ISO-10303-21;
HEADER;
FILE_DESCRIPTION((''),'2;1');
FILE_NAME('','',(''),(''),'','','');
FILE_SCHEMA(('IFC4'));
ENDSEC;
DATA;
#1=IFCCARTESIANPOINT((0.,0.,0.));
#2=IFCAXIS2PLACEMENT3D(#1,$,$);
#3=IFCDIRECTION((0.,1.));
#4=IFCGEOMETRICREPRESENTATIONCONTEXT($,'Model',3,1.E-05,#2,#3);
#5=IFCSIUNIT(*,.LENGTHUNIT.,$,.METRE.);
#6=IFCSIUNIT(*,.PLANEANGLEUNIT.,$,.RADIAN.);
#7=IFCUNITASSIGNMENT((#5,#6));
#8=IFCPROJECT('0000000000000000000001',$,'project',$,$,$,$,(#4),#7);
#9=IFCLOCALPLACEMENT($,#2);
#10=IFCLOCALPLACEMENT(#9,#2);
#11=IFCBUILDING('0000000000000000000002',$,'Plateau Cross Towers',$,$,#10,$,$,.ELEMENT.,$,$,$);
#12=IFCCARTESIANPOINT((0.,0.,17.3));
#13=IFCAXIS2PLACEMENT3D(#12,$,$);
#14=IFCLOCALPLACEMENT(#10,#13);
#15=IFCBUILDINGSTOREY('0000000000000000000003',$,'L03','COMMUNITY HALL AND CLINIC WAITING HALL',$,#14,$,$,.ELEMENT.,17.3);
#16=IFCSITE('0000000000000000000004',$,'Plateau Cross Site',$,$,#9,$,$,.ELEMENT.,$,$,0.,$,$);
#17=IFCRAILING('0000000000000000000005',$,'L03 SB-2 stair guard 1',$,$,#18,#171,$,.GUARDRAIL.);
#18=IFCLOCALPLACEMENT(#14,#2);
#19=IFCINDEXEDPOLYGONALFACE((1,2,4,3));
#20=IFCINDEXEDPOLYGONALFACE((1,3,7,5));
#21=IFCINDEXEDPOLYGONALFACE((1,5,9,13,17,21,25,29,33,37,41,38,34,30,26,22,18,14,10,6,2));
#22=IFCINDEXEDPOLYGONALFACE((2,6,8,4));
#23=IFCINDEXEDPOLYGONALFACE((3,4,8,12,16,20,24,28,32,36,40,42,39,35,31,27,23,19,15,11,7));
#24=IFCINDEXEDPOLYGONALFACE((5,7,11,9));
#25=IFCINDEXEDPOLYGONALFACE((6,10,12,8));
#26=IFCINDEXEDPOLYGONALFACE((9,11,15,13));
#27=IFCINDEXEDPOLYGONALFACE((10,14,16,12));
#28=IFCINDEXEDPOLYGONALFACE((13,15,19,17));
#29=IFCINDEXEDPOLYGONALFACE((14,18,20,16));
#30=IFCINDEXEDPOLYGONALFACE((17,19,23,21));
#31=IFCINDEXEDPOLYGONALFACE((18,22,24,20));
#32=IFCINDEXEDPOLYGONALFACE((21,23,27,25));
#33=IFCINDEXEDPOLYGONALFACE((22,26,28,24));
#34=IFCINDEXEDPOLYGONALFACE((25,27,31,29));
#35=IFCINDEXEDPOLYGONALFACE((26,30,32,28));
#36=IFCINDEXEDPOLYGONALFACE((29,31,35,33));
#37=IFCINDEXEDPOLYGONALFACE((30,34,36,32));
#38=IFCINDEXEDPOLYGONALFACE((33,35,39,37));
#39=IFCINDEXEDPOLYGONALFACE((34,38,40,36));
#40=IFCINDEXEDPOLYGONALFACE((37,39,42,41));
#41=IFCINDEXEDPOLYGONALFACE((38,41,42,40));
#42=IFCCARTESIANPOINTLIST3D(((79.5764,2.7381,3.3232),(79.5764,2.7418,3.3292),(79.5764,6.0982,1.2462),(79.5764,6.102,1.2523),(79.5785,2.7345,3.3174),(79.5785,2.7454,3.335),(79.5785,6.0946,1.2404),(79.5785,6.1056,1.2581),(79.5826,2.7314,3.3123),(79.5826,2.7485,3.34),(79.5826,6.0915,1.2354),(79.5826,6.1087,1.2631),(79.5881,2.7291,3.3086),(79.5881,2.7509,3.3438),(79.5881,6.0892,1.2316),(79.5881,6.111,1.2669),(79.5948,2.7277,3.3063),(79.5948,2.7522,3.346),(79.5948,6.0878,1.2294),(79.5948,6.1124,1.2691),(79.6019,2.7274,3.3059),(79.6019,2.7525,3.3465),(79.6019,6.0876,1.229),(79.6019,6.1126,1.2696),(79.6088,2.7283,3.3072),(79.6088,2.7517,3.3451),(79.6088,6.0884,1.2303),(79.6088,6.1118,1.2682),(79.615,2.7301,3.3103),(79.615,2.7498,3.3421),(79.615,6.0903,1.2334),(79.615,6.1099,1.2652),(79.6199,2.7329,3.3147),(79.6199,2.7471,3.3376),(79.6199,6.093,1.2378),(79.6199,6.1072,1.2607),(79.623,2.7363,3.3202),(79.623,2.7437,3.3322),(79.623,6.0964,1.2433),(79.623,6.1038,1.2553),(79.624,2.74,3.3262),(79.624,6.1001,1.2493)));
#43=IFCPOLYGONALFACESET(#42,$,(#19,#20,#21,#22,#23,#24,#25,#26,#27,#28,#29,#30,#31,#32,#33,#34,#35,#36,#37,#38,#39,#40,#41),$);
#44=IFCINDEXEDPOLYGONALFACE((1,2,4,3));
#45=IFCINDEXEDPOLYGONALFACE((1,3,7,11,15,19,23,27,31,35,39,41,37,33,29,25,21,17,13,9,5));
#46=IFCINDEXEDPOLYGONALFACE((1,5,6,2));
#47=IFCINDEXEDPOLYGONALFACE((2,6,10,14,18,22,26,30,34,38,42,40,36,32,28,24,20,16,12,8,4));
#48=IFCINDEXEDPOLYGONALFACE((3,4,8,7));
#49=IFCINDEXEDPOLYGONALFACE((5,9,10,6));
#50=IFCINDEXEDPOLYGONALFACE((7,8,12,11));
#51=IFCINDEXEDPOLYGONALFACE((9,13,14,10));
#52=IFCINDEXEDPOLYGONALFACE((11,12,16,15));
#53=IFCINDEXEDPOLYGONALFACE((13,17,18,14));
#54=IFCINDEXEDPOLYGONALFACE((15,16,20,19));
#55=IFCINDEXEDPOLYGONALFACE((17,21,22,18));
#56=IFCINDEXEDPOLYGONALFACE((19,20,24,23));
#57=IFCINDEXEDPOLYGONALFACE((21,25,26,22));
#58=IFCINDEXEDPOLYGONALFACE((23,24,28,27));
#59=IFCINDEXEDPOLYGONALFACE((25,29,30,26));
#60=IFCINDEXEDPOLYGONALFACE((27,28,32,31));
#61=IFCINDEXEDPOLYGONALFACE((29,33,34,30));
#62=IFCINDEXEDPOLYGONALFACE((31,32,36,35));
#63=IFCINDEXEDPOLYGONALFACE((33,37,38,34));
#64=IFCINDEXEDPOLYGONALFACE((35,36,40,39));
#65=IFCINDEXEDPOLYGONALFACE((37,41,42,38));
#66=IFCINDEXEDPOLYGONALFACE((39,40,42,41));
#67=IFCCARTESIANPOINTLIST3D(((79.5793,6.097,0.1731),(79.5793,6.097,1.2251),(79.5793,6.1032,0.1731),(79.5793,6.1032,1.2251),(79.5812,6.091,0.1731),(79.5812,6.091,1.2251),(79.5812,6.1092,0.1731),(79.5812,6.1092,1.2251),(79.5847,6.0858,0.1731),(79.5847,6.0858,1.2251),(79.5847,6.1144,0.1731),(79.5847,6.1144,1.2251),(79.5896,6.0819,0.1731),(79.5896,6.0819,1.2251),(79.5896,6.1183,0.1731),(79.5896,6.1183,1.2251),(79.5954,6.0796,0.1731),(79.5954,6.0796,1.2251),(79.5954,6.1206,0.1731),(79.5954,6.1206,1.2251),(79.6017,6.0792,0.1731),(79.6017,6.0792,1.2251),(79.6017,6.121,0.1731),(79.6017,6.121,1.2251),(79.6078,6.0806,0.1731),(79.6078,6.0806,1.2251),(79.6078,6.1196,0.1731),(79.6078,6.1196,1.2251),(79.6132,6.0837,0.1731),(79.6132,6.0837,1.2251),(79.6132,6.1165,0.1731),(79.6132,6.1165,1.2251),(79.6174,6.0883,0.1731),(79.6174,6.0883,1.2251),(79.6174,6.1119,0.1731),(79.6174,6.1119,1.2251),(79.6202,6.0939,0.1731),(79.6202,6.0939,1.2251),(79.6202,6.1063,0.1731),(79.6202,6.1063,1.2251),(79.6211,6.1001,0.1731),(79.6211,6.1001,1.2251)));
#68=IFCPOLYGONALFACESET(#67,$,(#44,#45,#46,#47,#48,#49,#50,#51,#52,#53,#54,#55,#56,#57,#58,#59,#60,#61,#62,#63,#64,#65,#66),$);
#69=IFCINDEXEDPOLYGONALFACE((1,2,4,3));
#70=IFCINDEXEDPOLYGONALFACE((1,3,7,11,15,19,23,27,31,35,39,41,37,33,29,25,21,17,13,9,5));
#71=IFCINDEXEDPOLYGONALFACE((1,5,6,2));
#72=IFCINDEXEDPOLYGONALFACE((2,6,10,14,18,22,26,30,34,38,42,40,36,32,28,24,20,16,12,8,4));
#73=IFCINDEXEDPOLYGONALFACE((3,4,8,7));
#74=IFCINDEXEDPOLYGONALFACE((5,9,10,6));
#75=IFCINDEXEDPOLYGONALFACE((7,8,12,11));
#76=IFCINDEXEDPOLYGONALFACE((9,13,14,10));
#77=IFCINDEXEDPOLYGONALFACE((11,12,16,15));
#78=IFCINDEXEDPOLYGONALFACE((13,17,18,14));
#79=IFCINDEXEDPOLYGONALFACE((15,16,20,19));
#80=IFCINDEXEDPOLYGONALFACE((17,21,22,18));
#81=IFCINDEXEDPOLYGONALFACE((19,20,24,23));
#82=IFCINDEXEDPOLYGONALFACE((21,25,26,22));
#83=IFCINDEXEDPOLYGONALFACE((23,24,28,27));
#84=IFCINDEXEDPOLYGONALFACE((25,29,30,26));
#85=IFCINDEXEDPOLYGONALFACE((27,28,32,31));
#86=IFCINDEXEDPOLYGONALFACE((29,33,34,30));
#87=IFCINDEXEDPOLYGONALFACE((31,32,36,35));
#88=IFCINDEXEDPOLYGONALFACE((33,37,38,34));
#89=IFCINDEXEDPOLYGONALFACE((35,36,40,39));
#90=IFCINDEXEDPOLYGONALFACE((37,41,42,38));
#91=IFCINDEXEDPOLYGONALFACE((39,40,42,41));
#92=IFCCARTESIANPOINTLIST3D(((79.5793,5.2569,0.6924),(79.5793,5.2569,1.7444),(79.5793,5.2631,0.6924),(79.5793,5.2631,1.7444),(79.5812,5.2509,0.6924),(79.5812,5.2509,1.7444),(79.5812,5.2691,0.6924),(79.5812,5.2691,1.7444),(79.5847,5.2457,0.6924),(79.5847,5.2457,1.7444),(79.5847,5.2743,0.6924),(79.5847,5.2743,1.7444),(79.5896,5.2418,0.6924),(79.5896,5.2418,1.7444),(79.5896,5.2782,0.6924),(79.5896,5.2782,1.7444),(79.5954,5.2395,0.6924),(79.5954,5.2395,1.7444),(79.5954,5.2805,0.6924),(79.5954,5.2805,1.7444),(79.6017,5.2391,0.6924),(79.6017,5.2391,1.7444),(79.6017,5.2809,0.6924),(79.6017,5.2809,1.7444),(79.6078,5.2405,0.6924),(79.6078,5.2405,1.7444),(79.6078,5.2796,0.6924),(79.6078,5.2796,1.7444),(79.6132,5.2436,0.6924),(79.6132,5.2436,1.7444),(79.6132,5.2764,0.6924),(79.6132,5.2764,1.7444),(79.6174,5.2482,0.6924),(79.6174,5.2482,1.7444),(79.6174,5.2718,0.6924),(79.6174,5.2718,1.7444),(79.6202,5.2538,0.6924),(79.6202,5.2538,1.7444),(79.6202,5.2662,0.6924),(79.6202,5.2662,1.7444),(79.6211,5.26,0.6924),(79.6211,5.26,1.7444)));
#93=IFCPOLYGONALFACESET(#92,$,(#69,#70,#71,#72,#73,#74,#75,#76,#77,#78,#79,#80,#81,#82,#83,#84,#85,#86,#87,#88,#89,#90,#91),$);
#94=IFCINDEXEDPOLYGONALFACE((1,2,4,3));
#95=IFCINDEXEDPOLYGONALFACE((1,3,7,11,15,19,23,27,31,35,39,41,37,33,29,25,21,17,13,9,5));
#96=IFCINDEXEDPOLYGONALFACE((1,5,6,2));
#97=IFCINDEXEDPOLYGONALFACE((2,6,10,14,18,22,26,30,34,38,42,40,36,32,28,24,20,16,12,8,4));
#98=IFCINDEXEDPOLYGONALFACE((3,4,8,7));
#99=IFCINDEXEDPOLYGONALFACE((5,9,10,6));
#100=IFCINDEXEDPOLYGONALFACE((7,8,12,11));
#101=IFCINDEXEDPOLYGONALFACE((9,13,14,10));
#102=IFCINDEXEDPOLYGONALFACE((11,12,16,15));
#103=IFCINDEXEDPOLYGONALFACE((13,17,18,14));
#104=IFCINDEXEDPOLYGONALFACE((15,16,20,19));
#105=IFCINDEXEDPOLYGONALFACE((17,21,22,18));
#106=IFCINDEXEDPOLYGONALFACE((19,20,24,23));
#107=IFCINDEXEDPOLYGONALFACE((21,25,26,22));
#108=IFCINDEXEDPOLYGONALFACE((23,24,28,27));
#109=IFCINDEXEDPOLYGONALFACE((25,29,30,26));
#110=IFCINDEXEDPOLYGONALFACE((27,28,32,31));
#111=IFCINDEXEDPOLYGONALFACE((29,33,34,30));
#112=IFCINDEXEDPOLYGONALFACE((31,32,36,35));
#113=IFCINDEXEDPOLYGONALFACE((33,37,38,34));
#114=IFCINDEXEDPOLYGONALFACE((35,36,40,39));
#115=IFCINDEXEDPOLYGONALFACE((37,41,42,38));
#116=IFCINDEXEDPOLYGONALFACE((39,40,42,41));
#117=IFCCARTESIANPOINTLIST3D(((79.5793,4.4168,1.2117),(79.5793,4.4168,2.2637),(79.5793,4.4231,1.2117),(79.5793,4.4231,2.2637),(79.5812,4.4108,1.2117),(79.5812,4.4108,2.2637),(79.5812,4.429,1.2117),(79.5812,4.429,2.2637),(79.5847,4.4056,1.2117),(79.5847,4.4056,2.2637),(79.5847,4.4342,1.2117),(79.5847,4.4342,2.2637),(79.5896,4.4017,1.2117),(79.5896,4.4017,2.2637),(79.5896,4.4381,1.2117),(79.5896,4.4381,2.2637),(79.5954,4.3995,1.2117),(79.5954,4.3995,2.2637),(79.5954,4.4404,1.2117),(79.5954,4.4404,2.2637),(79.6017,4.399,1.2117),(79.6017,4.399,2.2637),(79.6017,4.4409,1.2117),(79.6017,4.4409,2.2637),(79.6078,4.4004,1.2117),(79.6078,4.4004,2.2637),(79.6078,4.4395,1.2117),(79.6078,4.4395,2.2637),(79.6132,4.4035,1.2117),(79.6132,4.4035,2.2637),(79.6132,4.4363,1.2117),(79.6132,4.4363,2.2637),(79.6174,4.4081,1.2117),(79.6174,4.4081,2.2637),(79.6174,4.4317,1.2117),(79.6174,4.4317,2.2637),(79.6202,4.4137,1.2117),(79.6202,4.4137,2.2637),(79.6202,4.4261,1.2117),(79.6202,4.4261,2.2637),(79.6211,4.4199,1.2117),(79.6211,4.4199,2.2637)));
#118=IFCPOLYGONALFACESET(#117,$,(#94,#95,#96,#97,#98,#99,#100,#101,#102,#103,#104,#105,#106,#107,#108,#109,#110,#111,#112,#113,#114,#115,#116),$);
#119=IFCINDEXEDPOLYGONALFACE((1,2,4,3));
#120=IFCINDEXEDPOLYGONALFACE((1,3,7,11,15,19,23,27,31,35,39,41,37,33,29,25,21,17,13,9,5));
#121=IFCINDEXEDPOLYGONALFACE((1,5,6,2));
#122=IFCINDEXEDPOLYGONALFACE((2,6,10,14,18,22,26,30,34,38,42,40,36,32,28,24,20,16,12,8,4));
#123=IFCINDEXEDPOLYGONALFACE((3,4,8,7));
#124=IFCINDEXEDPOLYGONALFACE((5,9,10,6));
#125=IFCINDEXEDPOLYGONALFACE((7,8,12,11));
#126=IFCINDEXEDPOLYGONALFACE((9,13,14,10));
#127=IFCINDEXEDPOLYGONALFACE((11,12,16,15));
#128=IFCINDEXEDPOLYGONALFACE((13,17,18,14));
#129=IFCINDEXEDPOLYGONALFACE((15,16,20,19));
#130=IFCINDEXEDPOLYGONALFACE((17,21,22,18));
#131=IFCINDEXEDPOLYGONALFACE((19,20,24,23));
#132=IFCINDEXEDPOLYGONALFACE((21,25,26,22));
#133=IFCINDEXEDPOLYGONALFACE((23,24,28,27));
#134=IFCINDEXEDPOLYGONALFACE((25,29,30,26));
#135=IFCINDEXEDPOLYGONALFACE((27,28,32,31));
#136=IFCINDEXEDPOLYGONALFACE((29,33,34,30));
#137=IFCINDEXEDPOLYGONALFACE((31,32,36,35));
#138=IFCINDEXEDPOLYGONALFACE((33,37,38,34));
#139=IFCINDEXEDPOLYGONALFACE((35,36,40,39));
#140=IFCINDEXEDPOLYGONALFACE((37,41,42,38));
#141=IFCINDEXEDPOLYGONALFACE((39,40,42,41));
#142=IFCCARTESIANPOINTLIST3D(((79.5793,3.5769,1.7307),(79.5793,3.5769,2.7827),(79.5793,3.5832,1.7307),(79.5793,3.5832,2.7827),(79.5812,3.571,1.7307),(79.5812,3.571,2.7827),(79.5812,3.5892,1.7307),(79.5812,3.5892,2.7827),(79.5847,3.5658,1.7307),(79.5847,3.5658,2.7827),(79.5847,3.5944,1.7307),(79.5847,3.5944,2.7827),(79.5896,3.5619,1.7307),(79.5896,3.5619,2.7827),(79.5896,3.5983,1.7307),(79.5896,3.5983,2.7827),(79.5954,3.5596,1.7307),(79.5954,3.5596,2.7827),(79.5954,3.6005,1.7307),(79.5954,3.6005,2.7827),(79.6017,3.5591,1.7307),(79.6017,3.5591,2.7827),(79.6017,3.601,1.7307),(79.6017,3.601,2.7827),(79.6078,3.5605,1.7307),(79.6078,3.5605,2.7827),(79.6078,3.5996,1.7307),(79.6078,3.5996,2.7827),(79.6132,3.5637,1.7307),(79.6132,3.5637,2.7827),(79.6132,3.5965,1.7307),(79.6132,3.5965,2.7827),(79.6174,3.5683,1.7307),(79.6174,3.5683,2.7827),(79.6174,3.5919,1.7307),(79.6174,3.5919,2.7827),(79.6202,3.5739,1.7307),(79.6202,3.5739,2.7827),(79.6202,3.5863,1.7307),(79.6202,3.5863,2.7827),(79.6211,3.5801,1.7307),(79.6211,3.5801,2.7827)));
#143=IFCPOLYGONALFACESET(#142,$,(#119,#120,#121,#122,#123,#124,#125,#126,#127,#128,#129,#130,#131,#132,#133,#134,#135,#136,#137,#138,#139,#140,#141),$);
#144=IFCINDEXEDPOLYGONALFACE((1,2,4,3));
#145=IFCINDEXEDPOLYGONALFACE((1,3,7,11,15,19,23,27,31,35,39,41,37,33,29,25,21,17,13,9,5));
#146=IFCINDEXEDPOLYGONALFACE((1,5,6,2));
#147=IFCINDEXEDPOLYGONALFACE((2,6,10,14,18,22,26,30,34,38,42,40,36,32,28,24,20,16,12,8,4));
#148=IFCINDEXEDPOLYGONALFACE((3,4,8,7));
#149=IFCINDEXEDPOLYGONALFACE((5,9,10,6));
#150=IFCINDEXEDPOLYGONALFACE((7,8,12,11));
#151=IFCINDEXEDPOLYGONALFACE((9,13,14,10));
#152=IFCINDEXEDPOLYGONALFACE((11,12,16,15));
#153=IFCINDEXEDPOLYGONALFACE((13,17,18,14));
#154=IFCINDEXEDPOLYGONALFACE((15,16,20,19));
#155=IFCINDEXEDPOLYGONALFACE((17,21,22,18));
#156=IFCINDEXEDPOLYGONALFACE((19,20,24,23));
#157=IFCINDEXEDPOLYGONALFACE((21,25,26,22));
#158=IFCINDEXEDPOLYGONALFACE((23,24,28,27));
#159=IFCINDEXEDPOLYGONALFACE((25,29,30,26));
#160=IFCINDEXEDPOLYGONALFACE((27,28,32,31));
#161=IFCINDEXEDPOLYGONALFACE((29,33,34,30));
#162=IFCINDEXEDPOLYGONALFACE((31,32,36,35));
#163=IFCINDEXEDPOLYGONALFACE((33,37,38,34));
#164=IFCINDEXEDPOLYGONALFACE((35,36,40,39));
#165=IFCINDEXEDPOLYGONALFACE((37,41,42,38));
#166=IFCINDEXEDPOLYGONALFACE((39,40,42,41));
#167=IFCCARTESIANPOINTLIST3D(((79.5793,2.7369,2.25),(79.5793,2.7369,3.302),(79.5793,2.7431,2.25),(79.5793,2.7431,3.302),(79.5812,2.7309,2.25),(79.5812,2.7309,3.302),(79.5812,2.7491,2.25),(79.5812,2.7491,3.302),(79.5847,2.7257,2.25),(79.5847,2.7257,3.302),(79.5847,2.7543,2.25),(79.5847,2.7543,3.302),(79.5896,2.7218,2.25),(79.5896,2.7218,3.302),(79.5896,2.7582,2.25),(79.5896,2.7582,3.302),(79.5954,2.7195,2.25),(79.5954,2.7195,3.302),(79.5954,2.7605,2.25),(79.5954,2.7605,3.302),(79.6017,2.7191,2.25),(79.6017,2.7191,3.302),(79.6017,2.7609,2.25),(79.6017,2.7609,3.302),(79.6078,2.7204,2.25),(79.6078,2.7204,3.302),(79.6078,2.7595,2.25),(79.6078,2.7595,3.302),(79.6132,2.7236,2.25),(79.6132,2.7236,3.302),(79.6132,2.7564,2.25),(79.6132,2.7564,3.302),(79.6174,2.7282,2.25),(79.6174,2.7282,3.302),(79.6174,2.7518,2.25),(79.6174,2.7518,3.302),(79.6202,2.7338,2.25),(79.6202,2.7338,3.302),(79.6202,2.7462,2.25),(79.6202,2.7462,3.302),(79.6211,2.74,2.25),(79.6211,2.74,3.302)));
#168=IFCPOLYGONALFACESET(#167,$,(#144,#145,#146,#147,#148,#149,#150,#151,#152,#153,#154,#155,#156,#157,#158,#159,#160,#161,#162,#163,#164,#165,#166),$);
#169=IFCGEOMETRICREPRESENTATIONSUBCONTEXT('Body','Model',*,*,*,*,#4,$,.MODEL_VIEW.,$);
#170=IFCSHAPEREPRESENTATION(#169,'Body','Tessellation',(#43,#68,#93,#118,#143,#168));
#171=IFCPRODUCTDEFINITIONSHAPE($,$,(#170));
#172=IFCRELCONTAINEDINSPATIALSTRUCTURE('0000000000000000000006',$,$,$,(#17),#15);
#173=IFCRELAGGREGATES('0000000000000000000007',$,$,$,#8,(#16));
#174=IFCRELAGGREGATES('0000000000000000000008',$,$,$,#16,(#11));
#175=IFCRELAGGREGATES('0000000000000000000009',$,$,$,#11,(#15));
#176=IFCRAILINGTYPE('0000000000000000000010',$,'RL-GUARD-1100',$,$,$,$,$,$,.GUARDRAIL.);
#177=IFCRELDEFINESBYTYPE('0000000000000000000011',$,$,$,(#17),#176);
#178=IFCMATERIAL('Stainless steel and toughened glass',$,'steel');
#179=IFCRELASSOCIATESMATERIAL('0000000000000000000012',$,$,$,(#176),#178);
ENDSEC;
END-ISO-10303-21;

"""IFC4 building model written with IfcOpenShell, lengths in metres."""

from ifc_helpers import new_model, si_unit, direction, frame, origin, origin_2d, place, context, subcontext, project, spatial, circle, extrude, material, type_object, element, save


model = new_model("IFC4")

# Units and contexts
model_context = context("Model", 3, precision=1e-05, world=origin(), true_north=direction((0.0, 1.0)))
body_context = subcontext(model_context, "Body", "Model", "MODEL_VIEW")
ifc_project = project(units=[si_unit("LENGTHUNIT", "METRE"), si_unit("PLANEANGLEUNIT", "RADIAN")], contexts=[model_context])

# Site, building, storey
site_placement = place(None, origin())
site = spatial("IfcSite", under=ifc_project, at=site_placement, Name="Plateau Cross Site", CompositionType="ELEMENT", RefElevation=0.0)
building_placement = place(site_placement, origin())
building = spatial("IfcBuilding", under=site, at=building_placement, Name="Plateau Cross Towers", CompositionType="ELEMENT")
storey_placement = place(building_placement, frame((0.0, 0.0, 17.3)))
storey = spatial("IfcBuildingStorey", under=building, at=storey_placement, Name="L03", Description="COMMUNITY HALL AND CLINIC WAITING HALL", CompositionType="ELEMENT", Elevation=17.3)

# Railing
ifc_material_1 = material(Name="Stainless steel and toughened glass", Category="steel")
railing_type_1 = type_object("IfcRailingType", Name="RL-GUARD-1100", PredefinedType="GUARDRAIL", material=ifc_material_1)
railing_1_placement = place(storey_placement, frame((79.6001, 6.1001, 0.1731)))
element("IfcRailing", 1, at=railing_1_placement, inside=storey, type_object=railing_type_1, Name="L03 SB-2 stair guard 1", PredefinedType="GUARDRAIL", context=body_context, shape_type="SweptSolid", body=[
    extrude(circle(Radius=0.0239, at=origin_2d()), frame((0.0, 0.0, 1.0762), z_axis=(0.0, -0.850623, 0.525776), x_axis=(1.0, 0.0, 0.0)), (0.0, 0.0, 1.0), 3.9502),
    extrude(circle(Radius=0.021, at=origin_2d()), origin(), (0.0, 0.0, 1.0), 1.052),
    extrude(circle(Radius=0.021, at=origin_2d()), frame((0.0, -0.8401, 0.5193)), (0.0, 0.0, 1.0), 1.052),
    extrude(circle(Radius=0.021, at=origin_2d()), frame((0.0, -1.6802, 1.0386)), (0.0, 0.0, 1.0), 1.052),
    extrude(circle(Radius=0.021, at=origin_2d()), frame((0.0, -2.52, 1.5576)), (0.0, 0.0, 1.0), 1.052),
    extrude(circle(Radius=0.021, at=origin_2d()), frame((0.0, -3.3601, 2.0769)), (0.0, 0.0, 1.0), 1.052),
])

save(model, "model.ifc")
